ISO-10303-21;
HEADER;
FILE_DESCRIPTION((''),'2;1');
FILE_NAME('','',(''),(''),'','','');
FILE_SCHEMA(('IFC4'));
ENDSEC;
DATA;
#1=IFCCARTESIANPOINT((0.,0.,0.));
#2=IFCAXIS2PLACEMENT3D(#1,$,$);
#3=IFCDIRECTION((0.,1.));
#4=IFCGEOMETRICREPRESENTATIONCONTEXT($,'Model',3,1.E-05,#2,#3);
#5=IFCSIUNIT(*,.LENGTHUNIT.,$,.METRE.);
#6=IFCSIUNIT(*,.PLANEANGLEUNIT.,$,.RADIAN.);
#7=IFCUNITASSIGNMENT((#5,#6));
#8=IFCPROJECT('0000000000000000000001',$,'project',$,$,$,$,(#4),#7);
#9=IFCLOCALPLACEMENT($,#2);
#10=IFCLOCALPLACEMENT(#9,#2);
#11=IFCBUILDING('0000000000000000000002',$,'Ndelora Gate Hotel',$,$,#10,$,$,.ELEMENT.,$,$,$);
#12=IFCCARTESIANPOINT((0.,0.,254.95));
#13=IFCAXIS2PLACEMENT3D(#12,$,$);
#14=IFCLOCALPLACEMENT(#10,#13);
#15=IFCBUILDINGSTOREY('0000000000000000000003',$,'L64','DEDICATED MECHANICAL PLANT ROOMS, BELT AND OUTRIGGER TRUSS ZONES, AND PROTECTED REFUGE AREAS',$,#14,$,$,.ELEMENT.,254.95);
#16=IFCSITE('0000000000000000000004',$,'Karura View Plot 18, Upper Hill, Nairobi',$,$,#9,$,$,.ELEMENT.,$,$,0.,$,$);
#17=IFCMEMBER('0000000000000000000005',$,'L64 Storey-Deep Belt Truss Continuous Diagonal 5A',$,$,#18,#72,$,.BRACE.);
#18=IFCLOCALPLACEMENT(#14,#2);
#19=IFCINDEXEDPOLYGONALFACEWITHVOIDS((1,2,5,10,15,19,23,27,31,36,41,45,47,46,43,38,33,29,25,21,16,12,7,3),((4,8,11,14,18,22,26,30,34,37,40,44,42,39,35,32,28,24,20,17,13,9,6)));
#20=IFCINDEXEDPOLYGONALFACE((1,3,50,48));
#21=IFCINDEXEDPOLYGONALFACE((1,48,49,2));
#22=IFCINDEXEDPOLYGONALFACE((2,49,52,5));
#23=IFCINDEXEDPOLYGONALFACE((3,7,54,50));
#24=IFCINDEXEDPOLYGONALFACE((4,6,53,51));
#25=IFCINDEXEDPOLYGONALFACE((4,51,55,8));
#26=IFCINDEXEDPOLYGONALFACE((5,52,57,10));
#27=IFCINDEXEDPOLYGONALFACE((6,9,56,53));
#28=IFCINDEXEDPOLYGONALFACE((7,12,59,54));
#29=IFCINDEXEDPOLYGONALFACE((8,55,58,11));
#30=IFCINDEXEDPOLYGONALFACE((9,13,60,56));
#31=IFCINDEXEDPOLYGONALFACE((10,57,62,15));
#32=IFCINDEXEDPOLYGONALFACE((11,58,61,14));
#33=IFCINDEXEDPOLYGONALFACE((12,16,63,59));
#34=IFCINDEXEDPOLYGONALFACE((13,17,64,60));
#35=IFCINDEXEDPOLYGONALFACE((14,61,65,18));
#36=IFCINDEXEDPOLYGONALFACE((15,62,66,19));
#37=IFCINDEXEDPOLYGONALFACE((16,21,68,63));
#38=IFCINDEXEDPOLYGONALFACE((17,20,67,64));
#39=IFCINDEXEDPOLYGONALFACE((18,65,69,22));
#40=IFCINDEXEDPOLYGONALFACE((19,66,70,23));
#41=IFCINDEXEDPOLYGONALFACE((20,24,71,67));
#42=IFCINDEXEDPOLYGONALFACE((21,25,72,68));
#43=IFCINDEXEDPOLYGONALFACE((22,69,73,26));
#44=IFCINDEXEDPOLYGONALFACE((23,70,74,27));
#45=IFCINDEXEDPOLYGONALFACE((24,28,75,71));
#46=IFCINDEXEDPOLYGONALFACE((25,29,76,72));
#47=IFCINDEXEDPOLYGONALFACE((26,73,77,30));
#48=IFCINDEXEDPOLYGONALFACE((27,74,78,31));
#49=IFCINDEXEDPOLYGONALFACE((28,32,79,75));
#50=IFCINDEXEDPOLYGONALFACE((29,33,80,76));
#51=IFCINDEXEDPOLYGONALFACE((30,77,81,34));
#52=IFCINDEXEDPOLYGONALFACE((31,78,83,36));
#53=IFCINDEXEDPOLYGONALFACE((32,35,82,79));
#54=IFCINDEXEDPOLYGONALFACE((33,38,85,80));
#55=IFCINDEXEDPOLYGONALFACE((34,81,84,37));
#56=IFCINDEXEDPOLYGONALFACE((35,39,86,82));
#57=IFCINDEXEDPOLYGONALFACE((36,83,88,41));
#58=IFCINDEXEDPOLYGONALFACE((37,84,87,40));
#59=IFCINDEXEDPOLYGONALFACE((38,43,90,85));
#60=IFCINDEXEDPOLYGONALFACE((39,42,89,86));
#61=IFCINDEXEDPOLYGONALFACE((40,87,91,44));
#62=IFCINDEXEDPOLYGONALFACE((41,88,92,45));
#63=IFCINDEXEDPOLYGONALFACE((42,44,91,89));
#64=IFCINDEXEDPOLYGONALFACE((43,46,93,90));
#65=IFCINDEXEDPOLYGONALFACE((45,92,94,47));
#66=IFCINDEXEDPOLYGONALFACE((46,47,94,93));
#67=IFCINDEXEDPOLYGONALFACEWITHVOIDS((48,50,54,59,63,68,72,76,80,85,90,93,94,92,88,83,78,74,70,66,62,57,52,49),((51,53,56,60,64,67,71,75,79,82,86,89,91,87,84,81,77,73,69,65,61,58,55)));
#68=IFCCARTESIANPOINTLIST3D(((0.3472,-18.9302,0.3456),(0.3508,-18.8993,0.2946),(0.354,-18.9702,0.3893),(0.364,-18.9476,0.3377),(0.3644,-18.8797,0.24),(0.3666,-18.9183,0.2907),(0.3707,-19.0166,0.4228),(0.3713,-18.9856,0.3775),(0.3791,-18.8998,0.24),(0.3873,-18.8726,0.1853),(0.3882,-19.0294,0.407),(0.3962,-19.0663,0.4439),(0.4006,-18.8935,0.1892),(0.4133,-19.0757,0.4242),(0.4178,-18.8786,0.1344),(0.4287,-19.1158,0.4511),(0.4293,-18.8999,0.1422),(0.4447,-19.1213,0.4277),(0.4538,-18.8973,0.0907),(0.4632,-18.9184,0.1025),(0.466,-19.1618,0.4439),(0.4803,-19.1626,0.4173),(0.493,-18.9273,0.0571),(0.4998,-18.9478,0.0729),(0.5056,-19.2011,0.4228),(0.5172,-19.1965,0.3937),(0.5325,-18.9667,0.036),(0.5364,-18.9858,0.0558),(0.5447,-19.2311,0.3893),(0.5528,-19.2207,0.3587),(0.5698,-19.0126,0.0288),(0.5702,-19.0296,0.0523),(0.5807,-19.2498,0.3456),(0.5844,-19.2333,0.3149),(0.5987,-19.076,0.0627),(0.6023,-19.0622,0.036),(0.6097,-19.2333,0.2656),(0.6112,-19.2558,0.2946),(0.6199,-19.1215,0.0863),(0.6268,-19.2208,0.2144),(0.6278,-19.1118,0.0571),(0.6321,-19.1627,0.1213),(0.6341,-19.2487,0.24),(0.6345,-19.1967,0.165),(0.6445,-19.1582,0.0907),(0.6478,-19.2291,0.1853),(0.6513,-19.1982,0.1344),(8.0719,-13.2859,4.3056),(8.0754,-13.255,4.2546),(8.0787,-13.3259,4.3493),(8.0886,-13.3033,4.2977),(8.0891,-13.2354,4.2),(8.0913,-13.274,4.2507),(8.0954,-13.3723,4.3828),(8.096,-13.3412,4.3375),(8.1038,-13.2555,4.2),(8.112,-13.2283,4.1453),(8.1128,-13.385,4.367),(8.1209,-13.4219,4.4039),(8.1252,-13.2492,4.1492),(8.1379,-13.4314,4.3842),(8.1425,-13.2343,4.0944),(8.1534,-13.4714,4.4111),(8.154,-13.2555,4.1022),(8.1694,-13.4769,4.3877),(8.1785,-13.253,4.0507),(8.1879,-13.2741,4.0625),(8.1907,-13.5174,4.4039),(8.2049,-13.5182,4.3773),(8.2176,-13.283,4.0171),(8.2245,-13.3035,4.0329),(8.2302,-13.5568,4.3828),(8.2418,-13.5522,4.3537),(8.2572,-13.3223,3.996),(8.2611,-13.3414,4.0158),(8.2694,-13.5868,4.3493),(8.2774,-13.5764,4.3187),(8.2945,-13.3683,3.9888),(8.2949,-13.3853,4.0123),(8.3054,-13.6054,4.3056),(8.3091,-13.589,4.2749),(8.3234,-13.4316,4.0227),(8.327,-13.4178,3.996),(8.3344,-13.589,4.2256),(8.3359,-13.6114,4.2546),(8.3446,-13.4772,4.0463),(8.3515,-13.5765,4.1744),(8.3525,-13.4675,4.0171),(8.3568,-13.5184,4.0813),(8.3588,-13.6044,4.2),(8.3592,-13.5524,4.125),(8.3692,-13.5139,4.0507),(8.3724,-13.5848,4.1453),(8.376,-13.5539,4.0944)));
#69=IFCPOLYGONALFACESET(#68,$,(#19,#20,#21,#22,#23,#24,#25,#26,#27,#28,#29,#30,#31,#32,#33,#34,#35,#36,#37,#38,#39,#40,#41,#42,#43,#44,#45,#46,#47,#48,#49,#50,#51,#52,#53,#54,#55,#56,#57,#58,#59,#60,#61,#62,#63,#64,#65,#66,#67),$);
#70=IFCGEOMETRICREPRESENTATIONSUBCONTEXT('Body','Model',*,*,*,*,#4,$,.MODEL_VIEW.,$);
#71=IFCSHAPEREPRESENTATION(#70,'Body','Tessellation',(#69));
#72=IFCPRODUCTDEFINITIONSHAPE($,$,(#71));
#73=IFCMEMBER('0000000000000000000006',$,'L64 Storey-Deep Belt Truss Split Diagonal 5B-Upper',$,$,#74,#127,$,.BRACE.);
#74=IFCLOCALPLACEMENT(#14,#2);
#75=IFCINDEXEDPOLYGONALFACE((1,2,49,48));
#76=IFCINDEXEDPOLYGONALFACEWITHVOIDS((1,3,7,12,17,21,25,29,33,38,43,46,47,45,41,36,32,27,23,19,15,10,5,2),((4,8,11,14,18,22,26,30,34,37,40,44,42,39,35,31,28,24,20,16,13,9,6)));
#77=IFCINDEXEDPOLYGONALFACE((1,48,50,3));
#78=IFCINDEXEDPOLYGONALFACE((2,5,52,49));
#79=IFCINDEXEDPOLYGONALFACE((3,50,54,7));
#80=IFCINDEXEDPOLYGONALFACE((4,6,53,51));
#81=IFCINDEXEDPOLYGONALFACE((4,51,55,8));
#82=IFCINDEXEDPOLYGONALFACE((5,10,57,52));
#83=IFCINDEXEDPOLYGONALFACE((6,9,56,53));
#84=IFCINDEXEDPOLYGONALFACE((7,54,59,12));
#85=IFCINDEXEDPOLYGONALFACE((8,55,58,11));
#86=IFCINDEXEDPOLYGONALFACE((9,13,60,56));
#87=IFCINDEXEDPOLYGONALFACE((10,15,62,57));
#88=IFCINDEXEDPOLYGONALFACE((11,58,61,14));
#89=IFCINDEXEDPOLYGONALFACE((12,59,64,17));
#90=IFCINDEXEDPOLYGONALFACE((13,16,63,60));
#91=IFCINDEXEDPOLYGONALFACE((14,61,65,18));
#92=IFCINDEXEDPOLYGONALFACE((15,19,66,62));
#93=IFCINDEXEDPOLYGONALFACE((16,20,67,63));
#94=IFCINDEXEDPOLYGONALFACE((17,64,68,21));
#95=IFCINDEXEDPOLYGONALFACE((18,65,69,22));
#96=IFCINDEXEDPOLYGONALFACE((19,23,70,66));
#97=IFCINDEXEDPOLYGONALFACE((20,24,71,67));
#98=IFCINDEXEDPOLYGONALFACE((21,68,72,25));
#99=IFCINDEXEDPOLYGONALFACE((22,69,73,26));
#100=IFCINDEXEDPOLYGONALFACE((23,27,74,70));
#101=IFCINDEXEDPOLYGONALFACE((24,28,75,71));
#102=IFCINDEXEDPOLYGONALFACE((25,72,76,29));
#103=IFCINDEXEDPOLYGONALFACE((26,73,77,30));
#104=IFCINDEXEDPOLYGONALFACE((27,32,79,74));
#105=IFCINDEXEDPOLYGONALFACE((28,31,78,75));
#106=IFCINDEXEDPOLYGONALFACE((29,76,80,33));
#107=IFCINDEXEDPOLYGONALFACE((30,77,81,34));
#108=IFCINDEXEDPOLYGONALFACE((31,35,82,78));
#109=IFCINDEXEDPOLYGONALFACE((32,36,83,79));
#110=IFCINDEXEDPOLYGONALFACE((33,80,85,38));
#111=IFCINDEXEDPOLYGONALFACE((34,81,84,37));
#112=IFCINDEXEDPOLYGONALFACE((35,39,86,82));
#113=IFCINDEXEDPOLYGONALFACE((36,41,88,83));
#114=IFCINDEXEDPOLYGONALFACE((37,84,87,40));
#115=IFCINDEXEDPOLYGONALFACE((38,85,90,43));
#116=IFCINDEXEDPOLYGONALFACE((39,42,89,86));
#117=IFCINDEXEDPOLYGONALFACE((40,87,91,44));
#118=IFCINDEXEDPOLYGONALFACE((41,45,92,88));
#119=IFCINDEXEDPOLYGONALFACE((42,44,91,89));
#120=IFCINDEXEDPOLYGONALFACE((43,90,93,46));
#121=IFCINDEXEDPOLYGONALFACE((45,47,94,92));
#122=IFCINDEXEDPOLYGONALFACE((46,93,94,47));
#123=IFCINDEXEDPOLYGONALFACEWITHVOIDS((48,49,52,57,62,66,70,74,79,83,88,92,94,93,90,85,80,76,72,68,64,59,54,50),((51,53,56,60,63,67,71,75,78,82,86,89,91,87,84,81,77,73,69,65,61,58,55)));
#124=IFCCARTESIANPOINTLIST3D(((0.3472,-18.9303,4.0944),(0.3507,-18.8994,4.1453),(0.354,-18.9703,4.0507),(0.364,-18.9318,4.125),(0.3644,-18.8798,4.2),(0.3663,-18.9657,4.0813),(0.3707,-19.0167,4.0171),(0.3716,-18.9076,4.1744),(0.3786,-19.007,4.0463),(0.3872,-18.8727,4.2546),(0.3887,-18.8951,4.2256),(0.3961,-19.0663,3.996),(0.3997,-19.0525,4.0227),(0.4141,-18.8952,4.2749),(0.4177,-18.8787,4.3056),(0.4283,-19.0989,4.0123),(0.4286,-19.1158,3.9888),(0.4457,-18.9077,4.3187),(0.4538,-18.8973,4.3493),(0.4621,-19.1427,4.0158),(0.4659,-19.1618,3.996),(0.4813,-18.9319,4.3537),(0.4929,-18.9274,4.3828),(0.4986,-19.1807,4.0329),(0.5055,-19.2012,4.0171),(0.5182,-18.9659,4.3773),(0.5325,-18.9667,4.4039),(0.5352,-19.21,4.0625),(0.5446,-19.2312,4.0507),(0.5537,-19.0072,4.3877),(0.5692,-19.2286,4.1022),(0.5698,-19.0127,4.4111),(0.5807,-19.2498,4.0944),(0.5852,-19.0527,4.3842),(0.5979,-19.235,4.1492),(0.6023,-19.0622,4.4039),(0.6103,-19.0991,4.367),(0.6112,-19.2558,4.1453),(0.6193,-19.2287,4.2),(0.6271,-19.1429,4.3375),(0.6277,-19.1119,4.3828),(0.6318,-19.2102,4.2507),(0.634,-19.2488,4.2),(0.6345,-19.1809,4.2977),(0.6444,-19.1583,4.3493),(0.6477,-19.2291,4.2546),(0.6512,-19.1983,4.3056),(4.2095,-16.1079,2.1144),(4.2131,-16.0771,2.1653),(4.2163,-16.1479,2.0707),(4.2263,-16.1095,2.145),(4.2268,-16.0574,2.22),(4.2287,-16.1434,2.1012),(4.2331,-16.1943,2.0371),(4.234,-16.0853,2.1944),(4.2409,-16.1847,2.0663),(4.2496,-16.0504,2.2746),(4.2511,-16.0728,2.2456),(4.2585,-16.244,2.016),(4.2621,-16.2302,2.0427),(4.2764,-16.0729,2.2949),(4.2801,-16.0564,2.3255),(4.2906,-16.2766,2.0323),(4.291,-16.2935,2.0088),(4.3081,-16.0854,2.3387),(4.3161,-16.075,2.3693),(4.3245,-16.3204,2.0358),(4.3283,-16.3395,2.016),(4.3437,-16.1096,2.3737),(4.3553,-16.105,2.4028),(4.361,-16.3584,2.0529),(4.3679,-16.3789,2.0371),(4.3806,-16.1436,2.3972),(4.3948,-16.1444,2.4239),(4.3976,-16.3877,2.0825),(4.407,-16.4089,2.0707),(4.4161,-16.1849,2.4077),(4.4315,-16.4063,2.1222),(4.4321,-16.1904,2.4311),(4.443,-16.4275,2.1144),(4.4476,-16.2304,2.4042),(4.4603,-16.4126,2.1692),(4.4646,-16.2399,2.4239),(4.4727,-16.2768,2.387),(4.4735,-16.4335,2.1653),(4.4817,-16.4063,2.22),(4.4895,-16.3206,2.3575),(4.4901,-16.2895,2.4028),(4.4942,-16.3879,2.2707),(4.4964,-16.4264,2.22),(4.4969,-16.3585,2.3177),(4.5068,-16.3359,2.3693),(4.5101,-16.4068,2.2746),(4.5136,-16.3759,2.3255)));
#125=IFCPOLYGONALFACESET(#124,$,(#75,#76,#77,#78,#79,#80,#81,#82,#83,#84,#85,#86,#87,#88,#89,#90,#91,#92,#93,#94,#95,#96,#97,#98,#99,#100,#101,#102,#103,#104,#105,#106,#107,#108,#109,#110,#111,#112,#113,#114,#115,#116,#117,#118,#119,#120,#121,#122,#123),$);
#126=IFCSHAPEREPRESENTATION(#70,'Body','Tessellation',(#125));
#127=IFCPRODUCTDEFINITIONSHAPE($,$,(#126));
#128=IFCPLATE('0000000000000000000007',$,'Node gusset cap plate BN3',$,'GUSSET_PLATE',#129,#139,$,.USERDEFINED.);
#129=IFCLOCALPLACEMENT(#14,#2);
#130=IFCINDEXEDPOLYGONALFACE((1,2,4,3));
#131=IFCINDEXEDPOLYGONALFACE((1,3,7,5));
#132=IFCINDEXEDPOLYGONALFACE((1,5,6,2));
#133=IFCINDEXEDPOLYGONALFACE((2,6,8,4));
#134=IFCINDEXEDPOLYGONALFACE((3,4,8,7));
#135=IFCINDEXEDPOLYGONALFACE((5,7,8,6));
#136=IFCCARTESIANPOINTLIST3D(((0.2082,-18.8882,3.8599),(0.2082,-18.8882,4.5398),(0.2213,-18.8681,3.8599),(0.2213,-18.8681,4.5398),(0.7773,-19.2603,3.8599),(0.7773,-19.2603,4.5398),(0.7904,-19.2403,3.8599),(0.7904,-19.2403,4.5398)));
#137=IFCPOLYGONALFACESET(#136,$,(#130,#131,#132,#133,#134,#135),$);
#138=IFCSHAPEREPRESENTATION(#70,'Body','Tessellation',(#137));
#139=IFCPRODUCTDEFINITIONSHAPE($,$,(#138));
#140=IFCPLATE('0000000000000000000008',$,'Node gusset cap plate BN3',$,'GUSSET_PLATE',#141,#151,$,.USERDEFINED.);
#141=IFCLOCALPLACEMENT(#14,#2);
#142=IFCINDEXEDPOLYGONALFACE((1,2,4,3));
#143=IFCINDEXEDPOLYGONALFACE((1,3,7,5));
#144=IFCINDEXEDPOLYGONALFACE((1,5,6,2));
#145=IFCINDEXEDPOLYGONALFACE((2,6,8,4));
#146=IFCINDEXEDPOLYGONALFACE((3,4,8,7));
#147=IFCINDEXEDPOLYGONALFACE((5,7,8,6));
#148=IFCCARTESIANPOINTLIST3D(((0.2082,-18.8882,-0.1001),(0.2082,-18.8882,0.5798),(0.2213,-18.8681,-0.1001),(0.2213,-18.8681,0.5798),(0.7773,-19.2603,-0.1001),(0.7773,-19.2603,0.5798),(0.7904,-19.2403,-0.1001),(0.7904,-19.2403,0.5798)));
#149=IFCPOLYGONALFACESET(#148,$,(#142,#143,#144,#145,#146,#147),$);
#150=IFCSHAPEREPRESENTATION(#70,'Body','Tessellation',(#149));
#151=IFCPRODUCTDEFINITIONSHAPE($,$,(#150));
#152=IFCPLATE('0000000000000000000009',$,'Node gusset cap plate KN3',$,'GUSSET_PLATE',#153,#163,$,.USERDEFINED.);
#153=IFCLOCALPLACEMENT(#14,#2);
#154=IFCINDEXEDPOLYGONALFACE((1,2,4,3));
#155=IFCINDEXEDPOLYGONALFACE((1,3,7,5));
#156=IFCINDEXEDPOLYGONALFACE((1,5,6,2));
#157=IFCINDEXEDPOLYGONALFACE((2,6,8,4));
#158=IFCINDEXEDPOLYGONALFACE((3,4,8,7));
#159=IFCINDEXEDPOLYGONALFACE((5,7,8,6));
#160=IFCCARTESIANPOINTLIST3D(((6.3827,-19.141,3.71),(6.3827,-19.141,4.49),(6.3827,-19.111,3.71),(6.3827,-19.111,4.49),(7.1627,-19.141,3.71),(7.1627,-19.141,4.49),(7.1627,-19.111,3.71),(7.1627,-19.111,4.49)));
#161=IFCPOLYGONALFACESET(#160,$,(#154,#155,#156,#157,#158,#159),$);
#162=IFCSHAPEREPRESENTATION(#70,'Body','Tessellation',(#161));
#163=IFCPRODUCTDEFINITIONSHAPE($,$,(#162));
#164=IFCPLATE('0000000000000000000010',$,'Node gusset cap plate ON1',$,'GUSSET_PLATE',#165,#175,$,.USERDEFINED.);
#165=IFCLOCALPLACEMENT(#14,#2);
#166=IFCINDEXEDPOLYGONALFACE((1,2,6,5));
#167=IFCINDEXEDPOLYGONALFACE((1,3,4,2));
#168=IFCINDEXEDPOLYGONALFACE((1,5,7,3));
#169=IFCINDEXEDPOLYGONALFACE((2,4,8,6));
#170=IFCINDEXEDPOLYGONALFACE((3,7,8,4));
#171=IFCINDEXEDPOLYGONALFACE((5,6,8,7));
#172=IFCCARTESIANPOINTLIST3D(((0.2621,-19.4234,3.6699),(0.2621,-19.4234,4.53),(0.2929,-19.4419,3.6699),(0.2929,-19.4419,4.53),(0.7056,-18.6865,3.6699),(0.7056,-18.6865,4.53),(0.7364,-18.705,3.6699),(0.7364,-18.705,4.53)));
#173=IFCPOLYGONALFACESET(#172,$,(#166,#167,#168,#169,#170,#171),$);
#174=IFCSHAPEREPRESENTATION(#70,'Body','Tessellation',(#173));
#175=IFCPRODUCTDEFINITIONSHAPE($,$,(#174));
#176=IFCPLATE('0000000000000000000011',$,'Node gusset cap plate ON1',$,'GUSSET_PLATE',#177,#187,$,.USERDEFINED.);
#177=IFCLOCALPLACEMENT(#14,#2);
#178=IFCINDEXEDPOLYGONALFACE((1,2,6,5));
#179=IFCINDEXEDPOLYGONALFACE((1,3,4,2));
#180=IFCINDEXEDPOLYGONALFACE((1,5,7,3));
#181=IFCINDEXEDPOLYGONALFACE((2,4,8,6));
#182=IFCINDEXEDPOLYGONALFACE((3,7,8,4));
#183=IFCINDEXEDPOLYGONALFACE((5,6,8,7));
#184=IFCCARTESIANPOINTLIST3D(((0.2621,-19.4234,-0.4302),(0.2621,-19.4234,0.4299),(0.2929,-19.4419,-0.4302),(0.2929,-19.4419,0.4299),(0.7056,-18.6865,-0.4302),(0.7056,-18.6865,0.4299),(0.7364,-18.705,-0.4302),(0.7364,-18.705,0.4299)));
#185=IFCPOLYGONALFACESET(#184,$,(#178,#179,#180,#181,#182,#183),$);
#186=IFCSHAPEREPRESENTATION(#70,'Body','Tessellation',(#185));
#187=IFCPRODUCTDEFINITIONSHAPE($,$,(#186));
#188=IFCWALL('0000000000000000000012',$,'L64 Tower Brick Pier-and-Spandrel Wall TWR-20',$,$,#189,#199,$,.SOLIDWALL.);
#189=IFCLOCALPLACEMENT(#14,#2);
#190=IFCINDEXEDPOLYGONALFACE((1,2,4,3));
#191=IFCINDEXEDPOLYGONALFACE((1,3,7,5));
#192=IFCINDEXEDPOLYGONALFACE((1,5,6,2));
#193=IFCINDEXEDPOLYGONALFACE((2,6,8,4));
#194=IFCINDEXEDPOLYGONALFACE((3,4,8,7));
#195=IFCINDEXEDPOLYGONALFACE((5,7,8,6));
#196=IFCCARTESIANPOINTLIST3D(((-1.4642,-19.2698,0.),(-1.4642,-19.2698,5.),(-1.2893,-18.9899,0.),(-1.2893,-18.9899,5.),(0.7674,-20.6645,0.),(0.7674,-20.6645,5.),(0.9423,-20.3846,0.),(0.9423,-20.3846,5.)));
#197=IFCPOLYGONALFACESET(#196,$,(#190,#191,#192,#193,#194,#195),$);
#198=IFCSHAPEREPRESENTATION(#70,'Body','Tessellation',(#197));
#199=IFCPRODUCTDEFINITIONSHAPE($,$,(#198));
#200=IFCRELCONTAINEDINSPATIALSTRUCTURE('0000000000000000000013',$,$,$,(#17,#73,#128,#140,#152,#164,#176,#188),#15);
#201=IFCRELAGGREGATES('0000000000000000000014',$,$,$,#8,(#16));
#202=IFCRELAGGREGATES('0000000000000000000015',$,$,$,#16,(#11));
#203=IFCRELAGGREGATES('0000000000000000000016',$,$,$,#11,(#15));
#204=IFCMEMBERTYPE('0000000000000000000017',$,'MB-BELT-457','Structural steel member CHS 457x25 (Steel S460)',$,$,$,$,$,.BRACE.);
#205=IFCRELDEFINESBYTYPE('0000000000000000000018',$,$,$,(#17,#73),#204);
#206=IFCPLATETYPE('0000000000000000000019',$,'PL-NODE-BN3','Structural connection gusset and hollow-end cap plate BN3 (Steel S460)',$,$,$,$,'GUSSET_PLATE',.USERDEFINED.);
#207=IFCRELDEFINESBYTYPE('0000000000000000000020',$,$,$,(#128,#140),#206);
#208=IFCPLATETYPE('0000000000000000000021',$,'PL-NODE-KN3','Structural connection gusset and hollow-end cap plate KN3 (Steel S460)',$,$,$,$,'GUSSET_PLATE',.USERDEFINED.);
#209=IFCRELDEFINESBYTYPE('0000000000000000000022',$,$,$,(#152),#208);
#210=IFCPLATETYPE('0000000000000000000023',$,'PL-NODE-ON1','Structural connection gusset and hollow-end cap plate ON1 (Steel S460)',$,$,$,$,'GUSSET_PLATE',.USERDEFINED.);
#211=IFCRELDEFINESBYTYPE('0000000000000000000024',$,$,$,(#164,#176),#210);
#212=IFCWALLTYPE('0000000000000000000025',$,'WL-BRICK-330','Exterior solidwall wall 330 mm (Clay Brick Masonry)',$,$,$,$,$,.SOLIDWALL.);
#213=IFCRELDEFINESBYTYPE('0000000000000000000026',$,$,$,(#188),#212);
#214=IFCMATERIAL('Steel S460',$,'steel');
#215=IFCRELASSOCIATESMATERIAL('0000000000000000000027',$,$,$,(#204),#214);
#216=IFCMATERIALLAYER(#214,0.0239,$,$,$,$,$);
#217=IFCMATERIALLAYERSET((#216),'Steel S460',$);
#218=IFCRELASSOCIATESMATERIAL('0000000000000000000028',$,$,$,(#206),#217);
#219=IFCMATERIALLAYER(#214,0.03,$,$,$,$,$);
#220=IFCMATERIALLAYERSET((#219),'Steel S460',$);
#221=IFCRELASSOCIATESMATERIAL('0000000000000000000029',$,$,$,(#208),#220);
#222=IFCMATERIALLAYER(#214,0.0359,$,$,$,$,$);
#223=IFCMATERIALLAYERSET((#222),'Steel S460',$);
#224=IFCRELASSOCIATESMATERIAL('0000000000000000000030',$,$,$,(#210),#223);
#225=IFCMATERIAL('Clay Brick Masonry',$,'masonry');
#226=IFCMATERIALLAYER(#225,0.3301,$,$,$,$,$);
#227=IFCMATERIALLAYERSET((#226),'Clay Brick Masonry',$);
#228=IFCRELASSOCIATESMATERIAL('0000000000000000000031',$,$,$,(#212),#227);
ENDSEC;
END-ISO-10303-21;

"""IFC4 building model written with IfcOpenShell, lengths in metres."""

from ifc_helpers import new_model, si_unit, direction, frame, frame_2d, origin, origin_2d, place, context, subcontext, project, spatial, rectangle, hollow_circle, extrude, material, layer, layer_set, material_profile, profile_set, type_object, element, save


model = new_model("IFC4")

# Units and contexts
model_context = context("Model", 3, precision=1e-05, world=origin(), true_north=direction((0.0, 1.0)))
body_context = subcontext(model_context, "Body", "Model", "MODEL_VIEW")
ifc_project = project(units=[si_unit("LENGTHUNIT", "METRE"), si_unit("PLANEANGLEUNIT", "RADIAN")], contexts=[model_context])

# Site, building, storey
site_placement = place(None, origin())
site = spatial("IfcSite", under=ifc_project, at=site_placement, Name="Karura View Plot 18, Upper Hill, Nairobi", CompositionType="ELEMENT", RefElevation=0.0)
building_placement = place(site_placement, origin())
building = spatial("IfcBuilding", under=site, at=building_placement, Name="Ndelora Gate Hotel", CompositionType="ELEMENT")
storey_placement = place(building_placement, frame((0.0, 0.0, 254.95)))
storey = spatial("IfcBuildingStorey", under=building, at=storey_placement, Name="L64", Description="DEDICATED MECHANICAL PLANT ROOMS, BELT AND OUTRIGGER TRUSS ZONES, AND PROTECTED REFUGE AREAS", CompositionType="ELEMENT", Elevation=254.95)

# Shared definitions
ifc_material_1 = material(Name="Steel S460", Category="steel")

# Members
ifc_material_profile_1 = material_profile(ifc_material_1, hollow_circle(Radius=0.2285, WallThickness=0.0249, at=origin_2d()), Name="CHS 457x25")
ifc_profile_set_1 = profile_set([ifc_material_profile_1], Name="Steel S460")
member_type = type_object("IfcMemberType", Name="MB-BELT-457", Description="Structural steel member CHS 457x25 (Steel S460)", PredefinedType="BRACE", material=ifc_profile_set_1)
member_1_placement = place(storey_placement, frame((0.4993, -19.0642, 0.24), z_axis=(0.746038, 0.545122, 0.382451), x_axis=(-0.589974, 0.807422, 0.0)))
element("IfcMember", 1, at=member_1_placement, inside=storey, type_object=member_type, Name="L64 Storey-Deep Belt Truss Continuous Diagonal 5A", PredefinedType="BRACE", context=body_context, shape_type="SweptSolid", body=[
    extrude(hollow_circle(Radius=0.2285, WallThickness=0.0249, at=origin_2d()), origin(), (0.0, 0.0, 1.0), 10.3542),
])
member_2_placement = place(storey_placement, frame((4.3616, -16.2419, 2.22), z_axis=(-0.746029, -0.545139, 0.382446), x_axis=(0.589991, -0.80741, 0.0)))
element("IfcMember", 2, at=member_2_placement, inside=storey, type_object=member_type, Name="L64 Storey-Deep Belt Truss Split Diagonal 5B-Upper", PredefinedType="BRACE", context=body_context, shape_type="SweptSolid", body=[
    extrude(hollow_circle(Radius=0.2285, WallThickness=0.0249, at=origin_2d()), origin(), (0.0, 0.0, 1.0), 5.1772),
])

# Plates
ifc_layer_1 = layer(ifc_material_1, 0.0239)
ifc_layer_set_1 = layer_set([ifc_layer_1], Name="Steel S460")
plate_type_1 = type_object("IfcPlateType", Name="PL-NODE-BN3", Description="Structural connection gusset and hollow-end cap plate BN3 (Steel S460)", ElementType="GUSSET_PLATE", PredefinedType="USERDEFINED", material=ifc_layer_set_1)
for number, where, z_axis, x_axis, name in (
    (3, (0.4993, -19.0642, 3.8599), (0.0, 0.0, 1.0), (-0.836955, 0.547271, 0.0), "Node gusset cap plate BN3"),
    (4, (0.4993, -19.0642, -0.1001), (0.0, 0.0, 1.0), (-0.836955, 0.547271, 0.0), "Node gusset cap plate BN3"),
):
    element("IfcPlate", number, at=place(storey_placement, frame(where, z_axis=z_axis, x_axis=x_axis)), inside=storey, type_object=plate_type_1, Name=name, ObjectType="GUSSET_PLATE", PredefinedType="USERDEFINED", context=body_context, shape_type="SweptSolid", body=[
        extrude(rectangle(XDim=0.6799, YDim=0.0239, at=origin_2d()), origin(), (0.0, 0.0, 1.0), 0.6799),
    ])
ifc_layer_2 = layer(ifc_material_1, 0.03)
ifc_layer_set_2 = layer_set([ifc_layer_2], Name="Steel S460")
plate_type_2 = type_object("IfcPlateType", Name="PL-NODE-KN3", Description="Structural connection gusset and hollow-end cap plate KN3 (Steel S460)", ElementType="GUSSET_PLATE", PredefinedType="USERDEFINED", material=ifc_layer_set_2)
plate_placement = place(storey_placement, frame((6.7727, -19.126, 3.71), z_axis=(0.0, 0.0, 1.0), x_axis=(1.0, 0.0, 0.0)))
element("IfcPlate", 5, at=plate_placement, inside=storey, type_object=plate_type_2, Name="Node gusset cap plate KN3", ObjectType="GUSSET_PLATE", PredefinedType="USERDEFINED", context=body_context, shape_type="SweptSolid", body=[
    extrude(rectangle(XDim=0.78, YDim=0.03, at=origin_2d()), origin(), (0.0, 0.0, 1.0), 0.78),
])
ifc_layer_3 = layer(ifc_material_1, 0.0359)
ifc_layer_set_3 = layer_set([ifc_layer_3], Name="Steel S460")
plate_type_3 = type_object("IfcPlateType", Name="PL-NODE-ON1", Description="Structural connection gusset and hollow-end cap plate ON1 (Steel S460)", ElementType="GUSSET_PLATE", PredefinedType="USERDEFINED", material=ifc_layer_set_3)
for number, where, z_axis, x_axis, name in (
    (6, (0.4993, -19.0642, 3.6699), (0.0, 0.0, 1.0), (0.515636, 0.856808, 0.0), "Node gusset cap plate ON1"),
    (7, (0.4993, -19.0642, -0.4302), (0.0, 0.0, 1.0), (0.515636, 0.856808, 0.0), "Node gusset cap plate ON1"),
):
    element("IfcPlate", number, at=place(storey_placement, frame(where, z_axis=z_axis, x_axis=x_axis)), inside=storey, type_object=plate_type_3, Name=name, ObjectType="GUSSET_PLATE", PredefinedType="USERDEFINED", context=body_context, shape_type="SweptSolid", body=[
        extrude(rectangle(XDim=0.8601, YDim=0.0359, at=origin_2d()), origin(), (0.0, 0.0, 1.0), 0.8601),
    ])

# Wall
ifc_material_2 = material(Name="Clay Brick Masonry", Category="masonry")
ifc_layer_4 = layer(ifc_material_2, 0.3301)
ifc_layer_set_4 = layer_set([ifc_layer_4], Name="Clay Brick Masonry")
wall_type = type_object("IfcWallType", Name="WL-BRICK-330", Description="Exterior solidwall wall 330 mm (Clay Brick Masonry)", PredefinedType="SOLIDWALL", material=ifc_layer_set_4)
wall_1_placement = place(storey_placement, frame((0.855, -20.5247, 0.0), z_axis=(0.0, 0.0, 1.0), x_axis=(-0.848004, 0.529991, 0.0)))
element("IfcWall", 8, at=wall_1_placement, inside=storey, type_object=wall_type, Name="L64 Tower Brick Pier-and-Spandrel Wall TWR-20", PredefinedType="SOLIDWALL", context=body_context, shape_type="SweptSolid", body=[
    extrude(rectangle(XDim=2.6316, YDim=0.3301, at=frame_2d((1.3159, 0.0))), origin(), (0.0, 0.0, 1.0), 5.0),
])

save(model, "model.ifc")
